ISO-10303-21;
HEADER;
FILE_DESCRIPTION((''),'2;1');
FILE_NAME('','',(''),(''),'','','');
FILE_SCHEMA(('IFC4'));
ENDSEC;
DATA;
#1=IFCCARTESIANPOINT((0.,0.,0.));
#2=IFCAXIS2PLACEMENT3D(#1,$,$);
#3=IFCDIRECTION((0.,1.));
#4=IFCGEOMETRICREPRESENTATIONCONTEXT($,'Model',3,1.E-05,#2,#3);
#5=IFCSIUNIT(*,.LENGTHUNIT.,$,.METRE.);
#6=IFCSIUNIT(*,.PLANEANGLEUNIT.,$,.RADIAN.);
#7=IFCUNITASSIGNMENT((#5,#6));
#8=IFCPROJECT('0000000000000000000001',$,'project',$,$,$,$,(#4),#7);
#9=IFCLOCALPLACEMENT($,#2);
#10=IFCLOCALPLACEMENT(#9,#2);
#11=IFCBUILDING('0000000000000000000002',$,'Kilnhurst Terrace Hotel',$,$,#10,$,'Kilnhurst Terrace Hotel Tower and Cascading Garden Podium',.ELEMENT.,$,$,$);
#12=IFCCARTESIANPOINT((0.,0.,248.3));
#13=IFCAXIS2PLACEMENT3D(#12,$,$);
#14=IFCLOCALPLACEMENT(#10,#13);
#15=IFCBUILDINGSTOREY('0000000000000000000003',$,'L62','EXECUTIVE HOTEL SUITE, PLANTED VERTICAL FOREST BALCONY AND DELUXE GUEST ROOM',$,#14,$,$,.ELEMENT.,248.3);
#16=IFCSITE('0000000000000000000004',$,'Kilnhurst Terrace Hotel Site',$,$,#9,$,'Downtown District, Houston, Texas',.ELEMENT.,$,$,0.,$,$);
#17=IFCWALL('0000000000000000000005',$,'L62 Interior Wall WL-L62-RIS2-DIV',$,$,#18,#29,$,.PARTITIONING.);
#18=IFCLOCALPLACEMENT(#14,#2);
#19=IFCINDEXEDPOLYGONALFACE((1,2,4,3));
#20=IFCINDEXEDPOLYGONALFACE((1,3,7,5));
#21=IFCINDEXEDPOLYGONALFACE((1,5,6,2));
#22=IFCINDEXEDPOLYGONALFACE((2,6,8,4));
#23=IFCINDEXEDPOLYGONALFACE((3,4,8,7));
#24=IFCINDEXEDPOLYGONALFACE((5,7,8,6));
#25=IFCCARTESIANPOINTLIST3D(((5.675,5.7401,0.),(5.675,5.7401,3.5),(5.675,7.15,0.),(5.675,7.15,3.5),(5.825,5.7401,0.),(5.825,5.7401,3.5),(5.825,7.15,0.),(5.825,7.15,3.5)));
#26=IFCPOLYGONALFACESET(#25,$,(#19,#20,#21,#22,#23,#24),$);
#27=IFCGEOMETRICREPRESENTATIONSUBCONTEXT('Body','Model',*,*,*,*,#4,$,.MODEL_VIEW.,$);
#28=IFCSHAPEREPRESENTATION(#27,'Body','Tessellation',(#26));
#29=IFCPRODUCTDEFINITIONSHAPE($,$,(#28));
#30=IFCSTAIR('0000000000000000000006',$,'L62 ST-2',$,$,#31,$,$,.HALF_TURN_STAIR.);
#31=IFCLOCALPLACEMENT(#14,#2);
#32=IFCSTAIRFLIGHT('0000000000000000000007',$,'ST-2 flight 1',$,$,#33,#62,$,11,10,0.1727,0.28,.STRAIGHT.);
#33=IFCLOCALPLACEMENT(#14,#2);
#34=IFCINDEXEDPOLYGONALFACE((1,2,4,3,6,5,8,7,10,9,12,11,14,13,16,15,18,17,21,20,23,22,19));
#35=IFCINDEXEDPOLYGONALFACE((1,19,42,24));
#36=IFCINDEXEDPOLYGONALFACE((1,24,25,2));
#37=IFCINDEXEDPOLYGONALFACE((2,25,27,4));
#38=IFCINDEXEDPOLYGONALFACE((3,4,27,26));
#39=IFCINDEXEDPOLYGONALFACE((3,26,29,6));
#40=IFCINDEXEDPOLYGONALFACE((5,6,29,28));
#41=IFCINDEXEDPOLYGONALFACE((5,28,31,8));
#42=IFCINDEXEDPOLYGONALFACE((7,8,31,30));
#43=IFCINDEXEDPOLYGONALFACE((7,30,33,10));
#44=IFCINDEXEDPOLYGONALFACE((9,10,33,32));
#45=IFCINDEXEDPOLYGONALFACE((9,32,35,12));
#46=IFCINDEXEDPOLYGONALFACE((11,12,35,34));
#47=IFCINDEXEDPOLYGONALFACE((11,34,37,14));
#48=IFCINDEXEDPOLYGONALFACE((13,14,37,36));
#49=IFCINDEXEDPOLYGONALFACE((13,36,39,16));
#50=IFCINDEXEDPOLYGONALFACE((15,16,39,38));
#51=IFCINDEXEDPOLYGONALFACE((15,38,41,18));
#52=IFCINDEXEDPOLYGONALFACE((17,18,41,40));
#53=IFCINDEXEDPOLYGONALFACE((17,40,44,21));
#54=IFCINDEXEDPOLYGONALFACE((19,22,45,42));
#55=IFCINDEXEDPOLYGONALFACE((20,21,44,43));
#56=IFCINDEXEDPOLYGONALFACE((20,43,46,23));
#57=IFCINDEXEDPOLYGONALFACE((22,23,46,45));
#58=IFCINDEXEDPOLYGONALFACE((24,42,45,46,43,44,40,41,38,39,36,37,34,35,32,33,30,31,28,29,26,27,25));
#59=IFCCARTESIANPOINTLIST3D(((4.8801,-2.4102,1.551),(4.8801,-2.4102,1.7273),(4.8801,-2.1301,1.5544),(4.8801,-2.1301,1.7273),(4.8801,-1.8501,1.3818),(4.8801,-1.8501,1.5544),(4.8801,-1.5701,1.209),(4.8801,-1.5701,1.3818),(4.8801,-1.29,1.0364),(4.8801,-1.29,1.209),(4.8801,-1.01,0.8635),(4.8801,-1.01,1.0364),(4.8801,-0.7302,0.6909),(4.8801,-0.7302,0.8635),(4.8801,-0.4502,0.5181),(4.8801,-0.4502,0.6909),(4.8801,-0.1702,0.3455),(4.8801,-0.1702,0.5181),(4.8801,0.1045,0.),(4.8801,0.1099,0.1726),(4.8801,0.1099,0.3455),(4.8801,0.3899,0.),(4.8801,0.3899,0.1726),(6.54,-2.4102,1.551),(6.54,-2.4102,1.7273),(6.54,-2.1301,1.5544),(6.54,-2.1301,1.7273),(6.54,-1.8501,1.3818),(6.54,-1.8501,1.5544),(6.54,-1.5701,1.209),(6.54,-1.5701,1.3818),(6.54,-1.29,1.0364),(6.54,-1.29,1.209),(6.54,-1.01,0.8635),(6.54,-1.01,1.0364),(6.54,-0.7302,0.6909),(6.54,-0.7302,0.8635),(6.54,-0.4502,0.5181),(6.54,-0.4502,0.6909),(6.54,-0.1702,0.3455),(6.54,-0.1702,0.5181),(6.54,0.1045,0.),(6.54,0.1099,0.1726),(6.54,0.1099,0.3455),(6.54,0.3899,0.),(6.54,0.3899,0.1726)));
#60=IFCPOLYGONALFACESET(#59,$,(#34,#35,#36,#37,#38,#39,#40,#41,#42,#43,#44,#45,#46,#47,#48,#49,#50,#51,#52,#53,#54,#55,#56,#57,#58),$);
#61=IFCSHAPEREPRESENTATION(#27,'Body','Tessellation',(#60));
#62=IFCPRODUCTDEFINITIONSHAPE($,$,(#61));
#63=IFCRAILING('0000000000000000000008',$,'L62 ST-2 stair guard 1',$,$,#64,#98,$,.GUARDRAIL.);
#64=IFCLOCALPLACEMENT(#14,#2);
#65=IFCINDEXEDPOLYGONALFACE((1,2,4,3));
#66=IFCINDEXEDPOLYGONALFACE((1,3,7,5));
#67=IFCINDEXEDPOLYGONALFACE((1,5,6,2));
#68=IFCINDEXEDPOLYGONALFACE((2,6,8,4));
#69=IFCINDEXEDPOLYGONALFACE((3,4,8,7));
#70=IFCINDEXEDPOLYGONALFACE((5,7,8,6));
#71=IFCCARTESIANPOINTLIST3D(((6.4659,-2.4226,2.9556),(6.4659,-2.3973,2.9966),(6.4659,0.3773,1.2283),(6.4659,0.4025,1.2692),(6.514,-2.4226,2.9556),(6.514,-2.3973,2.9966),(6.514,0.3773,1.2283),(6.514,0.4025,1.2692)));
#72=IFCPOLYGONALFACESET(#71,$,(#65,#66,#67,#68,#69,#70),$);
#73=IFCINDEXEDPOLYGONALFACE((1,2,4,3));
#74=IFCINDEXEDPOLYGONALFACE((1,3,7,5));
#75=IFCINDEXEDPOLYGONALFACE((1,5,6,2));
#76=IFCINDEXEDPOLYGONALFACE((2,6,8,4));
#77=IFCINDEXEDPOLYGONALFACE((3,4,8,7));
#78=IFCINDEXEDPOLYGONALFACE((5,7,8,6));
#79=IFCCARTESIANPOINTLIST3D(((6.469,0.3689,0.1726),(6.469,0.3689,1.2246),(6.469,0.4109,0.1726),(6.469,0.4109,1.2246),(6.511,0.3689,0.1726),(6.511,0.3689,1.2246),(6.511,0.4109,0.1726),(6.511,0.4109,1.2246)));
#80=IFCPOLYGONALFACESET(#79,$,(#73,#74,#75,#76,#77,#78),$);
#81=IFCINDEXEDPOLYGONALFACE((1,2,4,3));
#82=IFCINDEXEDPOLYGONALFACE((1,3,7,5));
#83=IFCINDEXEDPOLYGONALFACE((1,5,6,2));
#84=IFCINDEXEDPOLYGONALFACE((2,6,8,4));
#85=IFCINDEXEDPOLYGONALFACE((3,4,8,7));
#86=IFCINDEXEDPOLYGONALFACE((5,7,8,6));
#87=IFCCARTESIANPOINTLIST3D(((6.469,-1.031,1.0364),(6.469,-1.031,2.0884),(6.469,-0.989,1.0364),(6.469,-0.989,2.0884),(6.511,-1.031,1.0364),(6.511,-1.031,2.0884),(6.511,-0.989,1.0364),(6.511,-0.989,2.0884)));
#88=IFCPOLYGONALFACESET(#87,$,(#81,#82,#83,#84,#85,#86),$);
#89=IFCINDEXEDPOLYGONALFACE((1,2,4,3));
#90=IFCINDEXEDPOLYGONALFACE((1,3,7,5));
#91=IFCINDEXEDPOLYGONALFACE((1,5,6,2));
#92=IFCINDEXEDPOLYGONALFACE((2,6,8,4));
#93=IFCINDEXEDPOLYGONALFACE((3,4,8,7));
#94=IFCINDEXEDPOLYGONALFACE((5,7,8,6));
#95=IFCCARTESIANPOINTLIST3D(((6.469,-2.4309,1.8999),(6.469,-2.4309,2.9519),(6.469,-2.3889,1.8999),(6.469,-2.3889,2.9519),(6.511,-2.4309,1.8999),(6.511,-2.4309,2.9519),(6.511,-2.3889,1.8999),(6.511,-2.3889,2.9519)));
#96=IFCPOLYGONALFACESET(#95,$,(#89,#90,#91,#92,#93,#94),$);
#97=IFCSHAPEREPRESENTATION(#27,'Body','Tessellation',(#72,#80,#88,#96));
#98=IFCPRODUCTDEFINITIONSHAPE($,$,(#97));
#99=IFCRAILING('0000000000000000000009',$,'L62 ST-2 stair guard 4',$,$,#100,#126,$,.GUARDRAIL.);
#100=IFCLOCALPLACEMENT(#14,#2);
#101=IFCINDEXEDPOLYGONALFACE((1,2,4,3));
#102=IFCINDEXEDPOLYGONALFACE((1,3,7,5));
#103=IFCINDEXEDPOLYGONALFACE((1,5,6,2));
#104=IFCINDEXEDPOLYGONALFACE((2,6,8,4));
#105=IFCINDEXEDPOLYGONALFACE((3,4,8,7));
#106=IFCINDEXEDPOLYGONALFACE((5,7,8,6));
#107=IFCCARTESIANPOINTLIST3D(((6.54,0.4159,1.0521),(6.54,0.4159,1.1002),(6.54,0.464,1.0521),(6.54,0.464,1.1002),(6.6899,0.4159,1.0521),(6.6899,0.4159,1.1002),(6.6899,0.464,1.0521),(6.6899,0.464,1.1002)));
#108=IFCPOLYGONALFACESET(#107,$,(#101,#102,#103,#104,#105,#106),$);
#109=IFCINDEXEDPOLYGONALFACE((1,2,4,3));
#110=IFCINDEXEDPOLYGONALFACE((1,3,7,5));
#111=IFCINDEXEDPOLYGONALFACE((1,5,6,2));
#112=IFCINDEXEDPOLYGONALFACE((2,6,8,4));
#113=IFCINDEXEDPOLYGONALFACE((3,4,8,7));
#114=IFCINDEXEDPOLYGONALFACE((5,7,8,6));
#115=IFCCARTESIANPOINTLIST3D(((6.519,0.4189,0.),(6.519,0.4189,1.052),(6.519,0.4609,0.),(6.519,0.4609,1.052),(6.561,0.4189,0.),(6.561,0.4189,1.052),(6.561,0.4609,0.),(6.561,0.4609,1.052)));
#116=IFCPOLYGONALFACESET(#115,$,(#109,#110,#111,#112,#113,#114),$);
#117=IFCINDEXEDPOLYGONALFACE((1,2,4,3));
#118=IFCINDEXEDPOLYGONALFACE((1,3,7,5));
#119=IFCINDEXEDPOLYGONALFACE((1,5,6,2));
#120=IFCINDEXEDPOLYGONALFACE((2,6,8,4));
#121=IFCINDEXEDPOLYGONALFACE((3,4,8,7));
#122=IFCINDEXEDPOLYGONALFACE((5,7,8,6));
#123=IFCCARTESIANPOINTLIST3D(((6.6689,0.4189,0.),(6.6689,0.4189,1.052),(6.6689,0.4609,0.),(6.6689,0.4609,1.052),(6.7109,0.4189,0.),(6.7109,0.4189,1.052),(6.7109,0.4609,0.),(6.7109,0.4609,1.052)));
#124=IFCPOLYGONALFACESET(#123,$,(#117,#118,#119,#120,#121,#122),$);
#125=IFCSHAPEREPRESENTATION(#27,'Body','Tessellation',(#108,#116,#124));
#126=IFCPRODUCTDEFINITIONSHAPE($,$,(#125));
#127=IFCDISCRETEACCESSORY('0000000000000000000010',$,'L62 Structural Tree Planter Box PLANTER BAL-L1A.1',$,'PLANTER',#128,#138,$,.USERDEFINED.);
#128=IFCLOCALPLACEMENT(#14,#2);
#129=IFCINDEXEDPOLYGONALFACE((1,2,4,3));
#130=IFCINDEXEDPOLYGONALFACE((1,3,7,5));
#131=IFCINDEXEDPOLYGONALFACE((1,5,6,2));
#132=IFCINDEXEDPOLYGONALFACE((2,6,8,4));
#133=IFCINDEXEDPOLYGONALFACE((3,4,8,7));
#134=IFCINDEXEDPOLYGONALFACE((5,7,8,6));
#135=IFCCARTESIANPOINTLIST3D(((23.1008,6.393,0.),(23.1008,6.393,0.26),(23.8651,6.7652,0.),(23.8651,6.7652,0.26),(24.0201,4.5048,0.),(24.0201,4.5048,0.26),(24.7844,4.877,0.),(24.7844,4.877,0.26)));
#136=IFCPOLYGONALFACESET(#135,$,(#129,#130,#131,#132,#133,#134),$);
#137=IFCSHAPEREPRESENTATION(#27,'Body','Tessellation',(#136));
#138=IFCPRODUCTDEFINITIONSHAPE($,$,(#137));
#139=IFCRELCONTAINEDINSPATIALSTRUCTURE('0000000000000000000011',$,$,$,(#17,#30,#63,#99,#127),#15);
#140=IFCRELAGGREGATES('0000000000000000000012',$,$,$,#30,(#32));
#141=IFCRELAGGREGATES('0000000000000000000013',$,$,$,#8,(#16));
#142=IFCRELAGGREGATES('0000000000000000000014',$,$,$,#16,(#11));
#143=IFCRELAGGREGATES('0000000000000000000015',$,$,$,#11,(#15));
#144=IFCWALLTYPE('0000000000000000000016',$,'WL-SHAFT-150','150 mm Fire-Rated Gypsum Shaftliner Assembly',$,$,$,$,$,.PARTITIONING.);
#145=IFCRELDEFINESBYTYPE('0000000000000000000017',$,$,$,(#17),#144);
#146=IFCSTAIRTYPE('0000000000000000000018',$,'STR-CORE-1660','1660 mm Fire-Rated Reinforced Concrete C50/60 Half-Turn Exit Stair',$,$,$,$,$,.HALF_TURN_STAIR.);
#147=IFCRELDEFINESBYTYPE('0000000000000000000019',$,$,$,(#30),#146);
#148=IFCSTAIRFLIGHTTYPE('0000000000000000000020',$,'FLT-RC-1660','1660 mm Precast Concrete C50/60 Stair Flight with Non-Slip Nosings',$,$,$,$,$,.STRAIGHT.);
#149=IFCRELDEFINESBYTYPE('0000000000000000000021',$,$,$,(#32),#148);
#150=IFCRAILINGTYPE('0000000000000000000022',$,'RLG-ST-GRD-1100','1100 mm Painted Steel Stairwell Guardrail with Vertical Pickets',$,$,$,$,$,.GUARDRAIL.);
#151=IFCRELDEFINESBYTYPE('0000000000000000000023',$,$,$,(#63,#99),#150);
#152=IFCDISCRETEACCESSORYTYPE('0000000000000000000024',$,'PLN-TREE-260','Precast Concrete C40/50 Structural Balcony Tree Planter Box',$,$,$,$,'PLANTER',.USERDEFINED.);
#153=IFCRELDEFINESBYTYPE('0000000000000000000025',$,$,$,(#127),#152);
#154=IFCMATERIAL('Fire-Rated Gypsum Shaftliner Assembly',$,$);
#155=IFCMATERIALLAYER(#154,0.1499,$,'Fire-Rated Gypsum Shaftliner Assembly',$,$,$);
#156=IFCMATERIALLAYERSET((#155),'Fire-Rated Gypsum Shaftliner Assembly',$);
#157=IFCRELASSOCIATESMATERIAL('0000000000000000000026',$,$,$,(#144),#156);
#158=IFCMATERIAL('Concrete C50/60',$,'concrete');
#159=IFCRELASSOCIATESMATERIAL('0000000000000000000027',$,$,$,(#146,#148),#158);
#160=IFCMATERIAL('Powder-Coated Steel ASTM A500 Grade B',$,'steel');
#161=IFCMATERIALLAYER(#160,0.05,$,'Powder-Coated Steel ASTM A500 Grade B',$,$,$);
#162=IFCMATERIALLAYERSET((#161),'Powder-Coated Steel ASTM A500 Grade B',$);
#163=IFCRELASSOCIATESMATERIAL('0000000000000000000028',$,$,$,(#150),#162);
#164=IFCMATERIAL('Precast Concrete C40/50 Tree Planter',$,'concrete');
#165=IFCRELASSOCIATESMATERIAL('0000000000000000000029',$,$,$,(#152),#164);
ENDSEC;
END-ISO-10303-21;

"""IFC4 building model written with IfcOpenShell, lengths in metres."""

from ifc_helpers import new_model, si_unit, direction, frame, frame_2d, origin, origin_2d, place, context, subcontext, project, spatial, polyline, rectangle, outline, extrude, material, layer, layer_set, type_object, element, aggregate, save


model = new_model("IFC4")

# Units and contexts
model_context = context("Model", 3, precision=1e-05, world=origin(), true_north=direction((0.0, 1.0)))
body_context = subcontext(model_context, "Body", "Model", "MODEL_VIEW")
ifc_project = project(units=[si_unit("LENGTHUNIT", "METRE"), si_unit("PLANEANGLEUNIT", "RADIAN")], contexts=[model_context])

# Site, building, storey
site_placement = place(None, origin())
site = spatial("IfcSite", under=ifc_project, at=site_placement, Name="Kilnhurst Terrace Hotel Site", LongName="Downtown District, Houston, Texas", CompositionType="ELEMENT", RefElevation=0.0)
building_placement = place(site_placement, origin())
building = spatial("IfcBuilding", under=site, at=building_placement, Name="Kilnhurst Terrace Hotel", LongName="Kilnhurst Terrace Hotel Tower and Cascading Garden Podium", CompositionType="ELEMENT")
storey_placement = place(building_placement, frame((0.0, 0.0, 248.3)))
storey = spatial("IfcBuildingStorey", under=building, at=storey_placement, Name="L62", Description="EXECUTIVE HOTEL SUITE, PLANTED VERTICAL FOREST BALCONY AND DELUXE GUEST ROOM", CompositionType="ELEMENT", Elevation=248.3)

# Shared definitions
ifc_material_1 = material(Name="Concrete C50/60", Category="concrete")

# Wall
ifc_material_2 = material(Name="Fire-Rated Gypsum Shaftliner Assembly")
ifc_layer_1 = layer(ifc_material_2, 0.1499, Name="Fire-Rated Gypsum Shaftliner Assembly")
ifc_layer_set_1 = layer_set([ifc_layer_1], Name="Fire-Rated Gypsum Shaftliner Assembly")
wall_type_1 = type_object("IfcWallType", Name="WL-SHAFT-150", Description="150 mm Fire-Rated Gypsum Shaftliner Assembly", PredefinedType="PARTITIONING", material=ifc_layer_set_1)
wall_1_placement = place(storey_placement, frame((5.75, 5.74, 0.0), z_axis=(0.0, 0.0, 1.0), x_axis=(0.0, 1.0, 0.0)))
element("IfcWall", 1, at=wall_1_placement, inside=storey, type_object=wall_type_1, Name="L62 Interior Wall WL-L62-RIS2-DIV", PredefinedType="PARTITIONING", context=body_context, shape_type="SweptSolid", body=[
    extrude(rectangle(XDim=1.4099, YDim=0.1499, at=frame_2d((0.7051, 0.0))), origin(), (0.0, 0.0, 1.0), 3.5),
])

# Stair, stair flight
stair_type = type_object("IfcStairType", Name="STR-CORE-1660", Description="1660 mm Fire-Rated Reinforced Concrete C50/60 Half-Turn Exit Stair", PredefinedType="HALF_TURN_STAIR", material=ifc_material_1)
stair_placement = place(storey_placement, origin())
stair = element("IfcStair", 2, at=stair_placement, inside=storey, type_object=stair_type, Name="L62 ST-2", PredefinedType="HALF_TURN_STAIR")
stair_flight_type = type_object("IfcStairFlightType", Name="FLT-RC-1660", Description="1660 mm Precast Concrete C50/60 Stair Flight with Non-Slip Nosings", PredefinedType="STRAIGHT", material=ifc_material_1)
stair_flight_placement = place(storey_placement, frame((5.71, 0.3899, 0.0), z_axis=(0.0, 0.0, 1.0), x_axis=(0.0, -1.0, 0.0)))
stair_flight = element("IfcStairFlight", 3, at=stair_flight_placement, type_object=stair_flight_type, Name="ST-2 flight 1", NumberOfRisers=11, NumberOfTreads=10, PredefinedType="STRAIGHT", RiserHeight=0.1727, TreadLength=0.28, context=body_context, shape_type="SweptSolid", body=[
    extrude(outline(polyline([(0.0, 0.0), (0.0, 0.1726), (0.28, 0.1726), (0.28, 0.3455), (0.5601, 0.3455), (0.5601, 0.5181), (0.8401, 0.5181), (0.8401, 0.6909), (1.1201, 0.6909), (1.1201, 0.8635), (1.3999, 0.8635), (1.3999, 1.0364), (1.6799, 1.0364), (1.6799, 1.209), (1.96, 1.209), (1.96, 1.3818), (2.24, 1.3818), (2.24, 1.5544), (2.52, 1.5544), (2.52, 1.7273), (2.8, 1.7273), (2.8, 1.8999), (2.8, 1.551), (0.2854, 0.0), (0.0, 0.0)])), frame((0.0, 0.8301, 0.0), z_axis=(0.0, -1.0, 0.0), x_axis=(1.0, 0.0, 0.0)), (0.0, 0.0, 1.0), 1.6599),
])
aggregate(stair, [stair_flight])

# Railings
ifc_material_3 = material(Name="Powder-Coated Steel ASTM A500 Grade B", Category="steel")
ifc_layer_2 = layer(ifc_material_3, 0.05, Name="Powder-Coated Steel ASTM A500 Grade B")
ifc_layer_set_2 = layer_set([ifc_layer_2], Name="Powder-Coated Steel ASTM A500 Grade B")
railing_type = type_object("IfcRailingType", Name="RLG-ST-GRD-1100", Description="1100 mm Painted Steel Stairwell Guardrail with Vertical Pickets", PredefinedType="GUARDRAIL", material=ifc_layer_set_2)
railing_1_placement = place(storey_placement, frame((6.49, 0.3899, 0.1726)))
element("IfcRailing", 4, at=railing_1_placement, inside=storey, type_object=railing_type, Name="L62 ST-2 stair guard 1", PredefinedType="GUARDRAIL", context=body_context, shape_type="SweptSolid", body=[
    extrude(rectangle(XDim=0.0481, YDim=0.0481, at=origin_2d()), frame((0.0, 0.0, 1.0762), z_axis=(0.0, -0.851069, 0.525054), x_axis=(1.0, 0.0, 0.0)), (0.0, 0.0, 1.0), 3.2898),
    extrude(rectangle(XDim=0.042, YDim=0.042, at=origin_2d()), origin(), (0.0, 0.0, 1.0), 1.052),
    extrude(rectangle(XDim=0.042, YDim=0.042, at=origin_2d()), frame((0.0, -1.3999, 0.8638)), (0.0, 0.0, 1.0), 1.052),
    extrude(rectangle(XDim=0.042, YDim=0.042, at=origin_2d()), frame((0.0, -2.7998, 1.7273)), (0.0, 0.0, 1.0), 1.052),
])
railing_2_placement = place(storey_placement, frame((6.54, 0.4399, 0.0)))
element("IfcRailing", 5, at=railing_2_placement, inside=storey, type_object=railing_type, Name="L62 ST-2 stair guard 4", PredefinedType="GUARDRAIL", context=body_context, shape_type="SweptSolid", body=[
    extrude(rectangle(XDim=0.0481, YDim=0.0481, at=origin_2d()), frame((0.0, 0.0, 1.0762), z_axis=(1.0, 0.0, 0.0), x_axis=(0.0, 1.0, 0.0)), (0.0, 0.0, 1.0), 0.1499),
    extrude(rectangle(XDim=0.042, YDim=0.042, at=origin_2d()), origin(), (0.0, 0.0, 1.0), 1.052),
    extrude(rectangle(XDim=0.042, YDim=0.042, at=origin_2d()), frame((0.1499, 0.0, 0.0)), (0.0, 0.0, 1.0), 1.052),
])

# Discrete accessory
ifc_material_4 = material(Name="Precast Concrete C40/50 Tree Planter", Category="concrete")
discrete_accessory_type = type_object("IfcDiscreteAccessoryType", Name="PLN-TREE-260", Description="Precast Concrete C40/50 Structural Balcony Tree Planter Box", ElementType="PLANTER", PredefinedType="USERDEFINED", material=ifc_material_4)
discrete_accessory_placement = place(storey_placement, frame((23.9426, 5.635, 0.0), z_axis=(0.0, 0.0, 1.0), x_axis=(-0.437744, 0.8991, 0.0)))
element("IfcDiscreteAccessory", 6, at=discrete_accessory_placement, inside=storey, type_object=discrete_accessory_type, Name="L62 Structural Tree Planter Box PLANTER BAL-L1A.1", ObjectType="PLANTER", PredefinedType="USERDEFINED", context=body_context, shape_type="SweptSolid", body=[
    extrude(rectangle(XDim=2.1001, YDim=0.8501, at=origin_2d()), origin(), (0.0, 0.0, 1.0), 0.26),
])

save(model, "model.ifc")
